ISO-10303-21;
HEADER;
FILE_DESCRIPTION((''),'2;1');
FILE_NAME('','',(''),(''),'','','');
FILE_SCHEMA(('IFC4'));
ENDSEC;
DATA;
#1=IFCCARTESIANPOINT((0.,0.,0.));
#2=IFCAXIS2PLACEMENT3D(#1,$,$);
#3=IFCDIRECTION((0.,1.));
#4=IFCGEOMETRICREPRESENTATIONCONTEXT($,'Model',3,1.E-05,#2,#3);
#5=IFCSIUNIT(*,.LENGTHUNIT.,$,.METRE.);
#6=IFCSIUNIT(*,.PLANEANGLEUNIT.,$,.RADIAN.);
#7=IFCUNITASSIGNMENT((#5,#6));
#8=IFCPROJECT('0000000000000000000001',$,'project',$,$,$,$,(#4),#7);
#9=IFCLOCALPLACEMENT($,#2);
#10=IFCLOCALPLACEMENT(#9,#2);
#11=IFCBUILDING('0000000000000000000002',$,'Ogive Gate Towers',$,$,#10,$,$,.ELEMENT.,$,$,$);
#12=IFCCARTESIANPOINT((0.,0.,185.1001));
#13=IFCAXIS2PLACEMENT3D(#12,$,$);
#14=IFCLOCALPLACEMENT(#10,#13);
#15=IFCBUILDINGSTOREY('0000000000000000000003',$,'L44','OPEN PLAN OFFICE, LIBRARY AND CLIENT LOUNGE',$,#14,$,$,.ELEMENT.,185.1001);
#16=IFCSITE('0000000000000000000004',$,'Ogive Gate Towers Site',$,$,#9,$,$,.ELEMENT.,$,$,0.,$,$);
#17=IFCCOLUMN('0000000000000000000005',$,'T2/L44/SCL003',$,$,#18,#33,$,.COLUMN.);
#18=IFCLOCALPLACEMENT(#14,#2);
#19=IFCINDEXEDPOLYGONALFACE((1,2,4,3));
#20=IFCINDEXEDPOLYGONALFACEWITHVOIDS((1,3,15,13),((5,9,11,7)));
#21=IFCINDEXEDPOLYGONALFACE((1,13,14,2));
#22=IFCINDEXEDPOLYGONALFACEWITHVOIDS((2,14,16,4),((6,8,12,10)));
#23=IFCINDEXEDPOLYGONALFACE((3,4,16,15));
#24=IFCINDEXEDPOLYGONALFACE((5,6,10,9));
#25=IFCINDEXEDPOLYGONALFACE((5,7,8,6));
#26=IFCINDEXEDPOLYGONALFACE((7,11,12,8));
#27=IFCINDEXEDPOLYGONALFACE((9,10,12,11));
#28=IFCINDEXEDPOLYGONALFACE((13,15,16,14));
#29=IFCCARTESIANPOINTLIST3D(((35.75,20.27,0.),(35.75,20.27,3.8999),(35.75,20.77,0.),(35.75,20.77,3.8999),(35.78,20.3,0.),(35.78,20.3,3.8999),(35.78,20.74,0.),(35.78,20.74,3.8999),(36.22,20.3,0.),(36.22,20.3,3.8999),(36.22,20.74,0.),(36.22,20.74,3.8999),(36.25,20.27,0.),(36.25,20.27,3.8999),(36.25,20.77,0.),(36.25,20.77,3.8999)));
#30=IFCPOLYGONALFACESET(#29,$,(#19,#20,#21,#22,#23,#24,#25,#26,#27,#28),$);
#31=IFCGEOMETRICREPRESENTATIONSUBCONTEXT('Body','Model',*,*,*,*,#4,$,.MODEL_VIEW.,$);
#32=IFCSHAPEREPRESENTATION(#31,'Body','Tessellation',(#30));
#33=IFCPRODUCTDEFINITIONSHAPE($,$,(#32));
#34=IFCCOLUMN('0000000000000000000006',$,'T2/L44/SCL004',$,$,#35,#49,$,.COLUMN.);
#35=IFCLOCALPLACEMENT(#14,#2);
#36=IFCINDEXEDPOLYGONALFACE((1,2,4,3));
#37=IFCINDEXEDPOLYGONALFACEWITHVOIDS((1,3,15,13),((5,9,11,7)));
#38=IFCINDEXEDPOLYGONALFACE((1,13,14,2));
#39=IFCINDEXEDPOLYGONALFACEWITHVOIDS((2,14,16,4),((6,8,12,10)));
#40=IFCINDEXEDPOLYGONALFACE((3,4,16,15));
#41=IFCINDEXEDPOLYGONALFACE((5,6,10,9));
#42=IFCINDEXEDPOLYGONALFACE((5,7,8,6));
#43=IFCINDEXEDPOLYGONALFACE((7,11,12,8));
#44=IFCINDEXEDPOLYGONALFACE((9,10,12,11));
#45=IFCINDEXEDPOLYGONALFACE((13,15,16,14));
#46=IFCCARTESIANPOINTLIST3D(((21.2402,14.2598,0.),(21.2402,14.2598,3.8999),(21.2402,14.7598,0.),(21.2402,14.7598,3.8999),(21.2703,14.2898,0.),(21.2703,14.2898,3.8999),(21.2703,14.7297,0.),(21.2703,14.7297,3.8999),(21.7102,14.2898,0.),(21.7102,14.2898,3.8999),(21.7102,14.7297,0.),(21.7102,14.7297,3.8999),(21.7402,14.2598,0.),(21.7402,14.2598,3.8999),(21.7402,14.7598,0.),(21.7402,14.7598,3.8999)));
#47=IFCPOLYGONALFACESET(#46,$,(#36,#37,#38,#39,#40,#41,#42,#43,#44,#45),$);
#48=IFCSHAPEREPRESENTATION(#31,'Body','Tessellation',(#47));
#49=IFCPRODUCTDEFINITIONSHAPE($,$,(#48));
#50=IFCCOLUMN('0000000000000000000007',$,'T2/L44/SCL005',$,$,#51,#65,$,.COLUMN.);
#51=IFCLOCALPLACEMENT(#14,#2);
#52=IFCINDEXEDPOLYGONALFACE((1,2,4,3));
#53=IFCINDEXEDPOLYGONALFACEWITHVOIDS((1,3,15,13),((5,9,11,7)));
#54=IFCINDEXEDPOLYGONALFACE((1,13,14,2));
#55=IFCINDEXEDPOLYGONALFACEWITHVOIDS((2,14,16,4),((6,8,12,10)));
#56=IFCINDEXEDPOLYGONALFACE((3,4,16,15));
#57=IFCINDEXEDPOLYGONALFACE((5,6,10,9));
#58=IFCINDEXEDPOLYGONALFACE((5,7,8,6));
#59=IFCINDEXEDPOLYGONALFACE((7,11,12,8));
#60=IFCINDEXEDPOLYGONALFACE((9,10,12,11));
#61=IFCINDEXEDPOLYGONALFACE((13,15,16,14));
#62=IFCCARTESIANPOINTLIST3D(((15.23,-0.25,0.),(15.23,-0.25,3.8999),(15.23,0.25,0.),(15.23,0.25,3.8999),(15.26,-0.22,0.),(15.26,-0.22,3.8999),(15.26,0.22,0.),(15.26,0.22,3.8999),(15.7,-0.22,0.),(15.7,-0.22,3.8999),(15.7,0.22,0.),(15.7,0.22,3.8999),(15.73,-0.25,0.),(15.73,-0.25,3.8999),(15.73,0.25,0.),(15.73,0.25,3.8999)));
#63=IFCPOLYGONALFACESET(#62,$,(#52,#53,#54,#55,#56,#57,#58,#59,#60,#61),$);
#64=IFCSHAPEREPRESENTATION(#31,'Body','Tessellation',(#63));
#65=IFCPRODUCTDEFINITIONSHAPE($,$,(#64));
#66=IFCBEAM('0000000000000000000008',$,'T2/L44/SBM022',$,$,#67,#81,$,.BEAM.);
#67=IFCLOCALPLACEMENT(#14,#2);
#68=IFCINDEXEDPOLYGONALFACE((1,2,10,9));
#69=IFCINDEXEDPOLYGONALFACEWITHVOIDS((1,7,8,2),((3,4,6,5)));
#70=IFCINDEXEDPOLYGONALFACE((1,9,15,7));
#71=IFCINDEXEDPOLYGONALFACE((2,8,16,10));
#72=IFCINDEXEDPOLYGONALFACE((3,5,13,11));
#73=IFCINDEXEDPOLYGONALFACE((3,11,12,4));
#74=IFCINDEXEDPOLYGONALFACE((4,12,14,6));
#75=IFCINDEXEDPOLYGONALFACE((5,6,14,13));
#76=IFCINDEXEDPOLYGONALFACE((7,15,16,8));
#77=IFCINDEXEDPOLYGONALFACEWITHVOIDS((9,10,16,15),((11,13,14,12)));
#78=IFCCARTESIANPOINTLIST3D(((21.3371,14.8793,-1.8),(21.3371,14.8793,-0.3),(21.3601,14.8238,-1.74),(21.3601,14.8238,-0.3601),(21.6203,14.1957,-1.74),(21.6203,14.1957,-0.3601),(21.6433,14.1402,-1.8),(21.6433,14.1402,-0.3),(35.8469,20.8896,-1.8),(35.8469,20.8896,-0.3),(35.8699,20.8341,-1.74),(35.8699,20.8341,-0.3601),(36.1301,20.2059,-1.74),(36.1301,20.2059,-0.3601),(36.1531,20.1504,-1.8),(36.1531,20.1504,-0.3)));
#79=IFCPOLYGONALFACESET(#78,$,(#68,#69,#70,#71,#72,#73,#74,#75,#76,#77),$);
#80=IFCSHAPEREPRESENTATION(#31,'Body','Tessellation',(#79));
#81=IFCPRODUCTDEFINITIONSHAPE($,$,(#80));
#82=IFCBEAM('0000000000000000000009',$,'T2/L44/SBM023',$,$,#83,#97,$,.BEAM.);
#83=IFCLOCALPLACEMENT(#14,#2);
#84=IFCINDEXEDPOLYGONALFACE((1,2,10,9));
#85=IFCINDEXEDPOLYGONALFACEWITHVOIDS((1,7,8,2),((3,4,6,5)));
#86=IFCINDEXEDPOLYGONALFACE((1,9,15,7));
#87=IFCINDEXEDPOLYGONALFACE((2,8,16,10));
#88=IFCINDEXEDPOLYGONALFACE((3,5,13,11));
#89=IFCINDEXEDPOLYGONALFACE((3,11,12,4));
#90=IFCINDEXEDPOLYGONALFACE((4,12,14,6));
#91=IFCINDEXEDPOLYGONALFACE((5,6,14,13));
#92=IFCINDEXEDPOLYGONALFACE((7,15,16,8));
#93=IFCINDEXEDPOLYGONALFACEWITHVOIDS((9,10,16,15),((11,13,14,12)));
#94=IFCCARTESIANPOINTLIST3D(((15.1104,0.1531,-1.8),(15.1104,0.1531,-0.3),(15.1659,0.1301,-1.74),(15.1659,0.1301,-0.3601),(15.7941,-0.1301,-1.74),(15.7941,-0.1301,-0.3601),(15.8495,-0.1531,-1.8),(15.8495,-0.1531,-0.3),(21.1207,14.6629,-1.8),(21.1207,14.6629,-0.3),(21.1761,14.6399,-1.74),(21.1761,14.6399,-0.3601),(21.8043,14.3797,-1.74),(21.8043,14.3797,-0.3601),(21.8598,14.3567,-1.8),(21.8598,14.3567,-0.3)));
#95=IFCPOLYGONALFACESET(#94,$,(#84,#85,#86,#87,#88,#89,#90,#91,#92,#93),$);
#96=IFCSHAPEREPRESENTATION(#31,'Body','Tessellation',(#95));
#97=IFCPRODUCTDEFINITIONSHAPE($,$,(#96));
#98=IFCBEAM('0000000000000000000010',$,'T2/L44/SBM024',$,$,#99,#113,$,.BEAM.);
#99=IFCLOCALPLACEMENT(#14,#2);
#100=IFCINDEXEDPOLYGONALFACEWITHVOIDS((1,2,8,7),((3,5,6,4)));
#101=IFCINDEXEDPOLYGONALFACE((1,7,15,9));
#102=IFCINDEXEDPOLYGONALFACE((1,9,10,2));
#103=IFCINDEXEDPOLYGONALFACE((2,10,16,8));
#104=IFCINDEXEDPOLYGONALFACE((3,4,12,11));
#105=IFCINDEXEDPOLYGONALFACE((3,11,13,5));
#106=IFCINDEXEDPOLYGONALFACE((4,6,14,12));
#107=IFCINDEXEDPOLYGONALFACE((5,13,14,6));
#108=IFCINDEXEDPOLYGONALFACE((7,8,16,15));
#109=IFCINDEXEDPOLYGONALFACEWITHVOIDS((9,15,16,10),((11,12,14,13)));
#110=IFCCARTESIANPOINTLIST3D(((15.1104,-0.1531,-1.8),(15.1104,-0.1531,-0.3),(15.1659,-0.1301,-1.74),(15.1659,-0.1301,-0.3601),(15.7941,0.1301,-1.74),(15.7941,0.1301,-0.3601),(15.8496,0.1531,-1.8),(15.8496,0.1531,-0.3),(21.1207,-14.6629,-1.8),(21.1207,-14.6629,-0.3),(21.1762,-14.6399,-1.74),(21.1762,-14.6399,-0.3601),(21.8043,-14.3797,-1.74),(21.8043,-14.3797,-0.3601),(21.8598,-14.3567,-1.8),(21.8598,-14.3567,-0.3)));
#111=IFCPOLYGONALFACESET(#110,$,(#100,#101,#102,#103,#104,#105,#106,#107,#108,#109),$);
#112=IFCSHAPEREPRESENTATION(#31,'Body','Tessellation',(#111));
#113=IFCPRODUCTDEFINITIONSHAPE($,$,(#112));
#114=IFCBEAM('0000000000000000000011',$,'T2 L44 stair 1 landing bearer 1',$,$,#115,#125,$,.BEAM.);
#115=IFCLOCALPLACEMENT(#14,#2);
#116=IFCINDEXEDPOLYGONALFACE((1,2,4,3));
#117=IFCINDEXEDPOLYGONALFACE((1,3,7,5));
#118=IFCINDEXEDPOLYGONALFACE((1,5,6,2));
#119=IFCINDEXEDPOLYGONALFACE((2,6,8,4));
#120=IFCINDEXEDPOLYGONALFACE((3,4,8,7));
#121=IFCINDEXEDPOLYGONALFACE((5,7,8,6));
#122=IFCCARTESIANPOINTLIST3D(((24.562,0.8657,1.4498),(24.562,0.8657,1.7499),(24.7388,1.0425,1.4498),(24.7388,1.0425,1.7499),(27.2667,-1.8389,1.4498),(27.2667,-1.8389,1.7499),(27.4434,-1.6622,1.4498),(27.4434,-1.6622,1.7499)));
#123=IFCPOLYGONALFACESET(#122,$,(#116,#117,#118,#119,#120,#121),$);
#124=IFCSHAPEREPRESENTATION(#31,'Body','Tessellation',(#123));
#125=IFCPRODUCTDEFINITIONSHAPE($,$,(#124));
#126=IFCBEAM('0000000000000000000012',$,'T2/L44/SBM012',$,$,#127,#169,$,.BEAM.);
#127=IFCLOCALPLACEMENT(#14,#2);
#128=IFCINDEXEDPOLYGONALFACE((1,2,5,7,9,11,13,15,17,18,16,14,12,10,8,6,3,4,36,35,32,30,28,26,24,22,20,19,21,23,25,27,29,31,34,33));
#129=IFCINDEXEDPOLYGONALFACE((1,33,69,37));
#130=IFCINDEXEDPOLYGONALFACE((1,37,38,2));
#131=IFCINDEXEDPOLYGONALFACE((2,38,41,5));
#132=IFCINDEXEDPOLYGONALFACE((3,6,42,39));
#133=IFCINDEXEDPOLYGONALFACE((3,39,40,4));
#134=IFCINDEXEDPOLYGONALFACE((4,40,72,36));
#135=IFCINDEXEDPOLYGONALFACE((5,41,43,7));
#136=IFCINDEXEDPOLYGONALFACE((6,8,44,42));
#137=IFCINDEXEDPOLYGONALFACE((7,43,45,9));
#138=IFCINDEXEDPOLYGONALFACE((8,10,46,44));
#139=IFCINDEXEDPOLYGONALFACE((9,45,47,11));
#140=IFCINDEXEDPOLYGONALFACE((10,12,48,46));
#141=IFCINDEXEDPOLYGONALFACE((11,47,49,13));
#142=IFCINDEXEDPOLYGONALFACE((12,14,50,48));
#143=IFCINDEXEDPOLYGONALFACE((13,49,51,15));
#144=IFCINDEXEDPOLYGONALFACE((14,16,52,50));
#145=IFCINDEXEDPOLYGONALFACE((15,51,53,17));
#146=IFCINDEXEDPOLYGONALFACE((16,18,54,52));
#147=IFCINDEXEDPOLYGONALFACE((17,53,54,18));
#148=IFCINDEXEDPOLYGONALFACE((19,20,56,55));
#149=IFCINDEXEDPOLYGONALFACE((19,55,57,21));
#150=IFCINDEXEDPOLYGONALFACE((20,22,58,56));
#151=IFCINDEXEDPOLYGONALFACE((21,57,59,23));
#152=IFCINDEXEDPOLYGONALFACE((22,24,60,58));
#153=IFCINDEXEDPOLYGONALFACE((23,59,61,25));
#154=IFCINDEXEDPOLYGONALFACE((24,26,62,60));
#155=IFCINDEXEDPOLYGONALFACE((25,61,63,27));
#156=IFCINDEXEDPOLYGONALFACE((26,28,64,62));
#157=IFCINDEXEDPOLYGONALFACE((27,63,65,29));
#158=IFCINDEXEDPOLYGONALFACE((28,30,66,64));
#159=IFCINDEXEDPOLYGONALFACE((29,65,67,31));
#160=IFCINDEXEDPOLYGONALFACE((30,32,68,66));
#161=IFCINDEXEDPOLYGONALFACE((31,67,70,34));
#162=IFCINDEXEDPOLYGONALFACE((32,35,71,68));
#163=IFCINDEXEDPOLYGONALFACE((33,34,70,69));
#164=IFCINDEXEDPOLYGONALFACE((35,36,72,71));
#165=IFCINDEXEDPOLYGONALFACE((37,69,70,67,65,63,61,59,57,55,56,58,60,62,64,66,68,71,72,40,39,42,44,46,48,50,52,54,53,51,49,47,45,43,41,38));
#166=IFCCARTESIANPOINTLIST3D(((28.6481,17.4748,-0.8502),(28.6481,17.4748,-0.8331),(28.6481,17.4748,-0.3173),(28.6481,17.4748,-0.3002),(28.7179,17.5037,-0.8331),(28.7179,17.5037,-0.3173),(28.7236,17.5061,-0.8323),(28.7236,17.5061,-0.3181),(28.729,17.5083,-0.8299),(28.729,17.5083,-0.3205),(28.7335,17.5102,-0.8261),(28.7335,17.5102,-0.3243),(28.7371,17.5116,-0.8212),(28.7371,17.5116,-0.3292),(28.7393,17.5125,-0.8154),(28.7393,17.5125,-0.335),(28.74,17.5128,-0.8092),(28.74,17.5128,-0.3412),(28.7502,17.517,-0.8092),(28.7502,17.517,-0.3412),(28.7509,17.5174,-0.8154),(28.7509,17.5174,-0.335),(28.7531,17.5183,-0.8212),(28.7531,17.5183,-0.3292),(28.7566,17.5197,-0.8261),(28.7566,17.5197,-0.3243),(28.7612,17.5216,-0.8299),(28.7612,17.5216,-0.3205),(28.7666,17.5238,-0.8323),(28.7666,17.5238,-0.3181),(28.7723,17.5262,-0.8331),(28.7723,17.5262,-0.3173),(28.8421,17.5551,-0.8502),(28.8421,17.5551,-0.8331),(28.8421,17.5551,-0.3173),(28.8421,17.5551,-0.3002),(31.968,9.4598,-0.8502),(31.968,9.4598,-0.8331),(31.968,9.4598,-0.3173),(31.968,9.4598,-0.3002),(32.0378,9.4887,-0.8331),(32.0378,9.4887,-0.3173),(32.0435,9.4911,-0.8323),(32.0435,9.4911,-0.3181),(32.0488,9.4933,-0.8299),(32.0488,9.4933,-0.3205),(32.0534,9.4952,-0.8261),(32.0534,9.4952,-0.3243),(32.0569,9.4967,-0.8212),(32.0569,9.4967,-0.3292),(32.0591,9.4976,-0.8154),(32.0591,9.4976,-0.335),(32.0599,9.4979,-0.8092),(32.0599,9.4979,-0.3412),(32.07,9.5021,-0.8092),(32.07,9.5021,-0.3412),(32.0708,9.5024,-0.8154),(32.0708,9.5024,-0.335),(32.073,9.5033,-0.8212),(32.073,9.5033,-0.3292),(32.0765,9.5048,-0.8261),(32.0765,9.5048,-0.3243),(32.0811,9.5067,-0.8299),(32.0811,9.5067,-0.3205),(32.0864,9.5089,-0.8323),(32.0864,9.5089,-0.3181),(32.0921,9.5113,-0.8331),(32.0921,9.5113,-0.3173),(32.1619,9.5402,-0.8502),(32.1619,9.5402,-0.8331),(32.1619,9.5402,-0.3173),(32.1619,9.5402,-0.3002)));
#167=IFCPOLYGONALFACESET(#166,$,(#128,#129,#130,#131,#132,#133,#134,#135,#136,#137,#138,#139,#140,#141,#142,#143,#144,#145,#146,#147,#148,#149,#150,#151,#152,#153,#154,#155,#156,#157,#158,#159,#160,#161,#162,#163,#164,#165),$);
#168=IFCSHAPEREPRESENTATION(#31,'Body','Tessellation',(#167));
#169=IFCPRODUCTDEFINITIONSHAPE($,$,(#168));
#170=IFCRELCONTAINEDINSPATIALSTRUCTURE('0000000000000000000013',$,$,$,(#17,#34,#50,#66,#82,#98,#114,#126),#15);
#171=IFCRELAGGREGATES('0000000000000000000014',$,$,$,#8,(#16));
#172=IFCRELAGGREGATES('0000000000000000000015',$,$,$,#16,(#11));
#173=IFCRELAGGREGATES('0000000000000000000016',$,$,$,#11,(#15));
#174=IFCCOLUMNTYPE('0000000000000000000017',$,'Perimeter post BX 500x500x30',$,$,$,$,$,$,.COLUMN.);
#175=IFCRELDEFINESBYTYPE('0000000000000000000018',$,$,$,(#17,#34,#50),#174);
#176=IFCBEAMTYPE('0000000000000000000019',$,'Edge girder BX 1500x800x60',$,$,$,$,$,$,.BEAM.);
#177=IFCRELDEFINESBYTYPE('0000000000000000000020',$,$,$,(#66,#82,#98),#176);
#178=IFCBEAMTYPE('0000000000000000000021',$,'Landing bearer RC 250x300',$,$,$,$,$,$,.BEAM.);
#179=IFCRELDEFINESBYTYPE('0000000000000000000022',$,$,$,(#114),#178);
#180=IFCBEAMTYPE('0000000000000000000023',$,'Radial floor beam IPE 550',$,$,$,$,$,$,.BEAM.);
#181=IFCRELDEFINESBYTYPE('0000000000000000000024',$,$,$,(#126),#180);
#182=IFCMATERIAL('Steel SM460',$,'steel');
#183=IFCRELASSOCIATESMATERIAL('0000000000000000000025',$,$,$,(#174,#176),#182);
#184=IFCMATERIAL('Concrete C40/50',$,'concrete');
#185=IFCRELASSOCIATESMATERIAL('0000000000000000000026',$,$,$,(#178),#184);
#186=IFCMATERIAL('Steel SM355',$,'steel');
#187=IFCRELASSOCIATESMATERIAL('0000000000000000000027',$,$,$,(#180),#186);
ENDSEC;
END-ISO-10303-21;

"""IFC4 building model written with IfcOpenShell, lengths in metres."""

from ifc_helpers import new_model, si_unit, direction, frame, origin, origin_2d, place, context, subcontext, project, spatial, rectangle, hollow_rectangle, i_section, extrude, material, material_profile, profile_set, type_object, element, save


model = new_model("IFC4")

# Units and contexts
model_context = context("Model", 3, precision=1e-05, world=origin(), true_north=direction((0.0, 1.0)))
body_context = subcontext(model_context, "Body", "Model", "MODEL_VIEW")
ifc_project = project(units=[si_unit("LENGTHUNIT", "METRE"), si_unit("PLANEANGLEUNIT", "RADIAN")], contexts=[model_context])

# Site, building, storey
site_placement = place(None, origin())
site = spatial("IfcSite", under=ifc_project, at=site_placement, Name="Ogive Gate Towers Site", CompositionType="ELEMENT", RefElevation=0.0)
building_placement = place(site_placement, origin())
building = spatial("IfcBuilding", under=site, at=building_placement, Name="Ogive Gate Towers", CompositionType="ELEMENT")
storey_placement = place(building_placement, frame((0.0, 0.0, 185.1001)))
storey = spatial("IfcBuildingStorey", under=building, at=storey_placement, Name="L44", Description="OPEN PLAN OFFICE, LIBRARY AND CLIENT LOUNGE", CompositionType="ELEMENT", Elevation=185.1001)

# Columns
ifc_material_1 = material(Name="Steel SM460", Category="steel")
ifc_material_profile_1 = material_profile(ifc_material_1, hollow_rectangle(XDim=0.5, YDim=0.5, WallThickness=0.03, at=origin_2d()), Name="BX 500x500x30")
ifc_profile_set_1 = profile_set([ifc_material_profile_1], Name="Steel SM460")
column_type = type_object("IfcColumnType", Name="Perimeter post BX 500x500x30", PredefinedType="COLUMN", material=ifc_profile_set_1)
for number, where, z_axis, x_axis, name in (
    (1, (36.0, 20.52, 0.0), (0.0, 0.0, 1.0), (1.0, 0.0, 0.0), "T2/L44/SCL003"),
    (2, (21.4902, 14.5098, 0.0), (0.0, 0.0, 1.0), (1.0, 0.0, 0.0), "T2/L44/SCL004"),
    (3, (15.48, 0.0, 0.0), (0.0, 0.0, 1.0), (1.0, 0.0, 0.0), "T2/L44/SCL005"),
):
    element("IfcColumn", number, at=place(storey_placement, frame(where, z_axis=z_axis, x_axis=x_axis)), inside=storey, type_object=column_type, Name=name, PredefinedType="COLUMN", context=body_context, shape_type="SweptSolid", body=[
        extrude(hollow_rectangle(XDim=0.5, YDim=0.5, WallThickness=0.03, at=origin_2d()), origin(), (0.0, 0.0, 1.0), 3.8999),
    ])

# Beams
ifc_material_profile_2 = material_profile(ifc_material_1, hollow_rectangle(XDim=0.8, YDim=1.5, WallThickness=0.0601, at=origin_2d()), Name="BX 1500x800x60")
ifc_profile_set_2 = profile_set([ifc_material_profile_2], Name="Steel SM460")
beam_type_1 = type_object("IfcBeamType", Name="Edge girder BX 1500x800x60", PredefinedType="BEAM", material=ifc_profile_set_2)
for number, where, z_axis, x_axis, name in (
    (4, (36.0, 20.52, -1.05), (-0.923877, -0.38269, 0.0), (0.38269, -0.923877, 0.0), "T2/L44/SBM022"),
    (5, (21.4902, 14.5098, -1.05), (-0.38269, -0.923877, 0.0), (0.923877, -0.38269, 0.0), "T2/L44/SBM023"),
    (6, (15.48, 0.0, -1.05), (0.38269, -0.923877, 0.0), (0.923877, 0.38269, 0.0), "T2/L44/SBM024"),
):
    element("IfcBeam", number, at=place(storey_placement, frame(where, z_axis=z_axis, x_axis=x_axis)), inside=storey, type_object=beam_type_1, Name=name, PredefinedType="BEAM", context=body_context, shape_type="SweptSolid", body=[
        extrude(hollow_rectangle(XDim=0.8, YDim=1.5, WallThickness=0.0601, at=origin_2d()), origin(), (0.0, 0.0, 1.0), 15.7053),
    ])
ifc_material_2 = material(Name="Concrete C40/50", Category="concrete")
ifc_material_profile_3 = material_profile(ifc_material_2, rectangle(XDim=0.25, YDim=0.3, at=origin_2d()), Name="RC 250x300")
ifc_profile_set_3 = profile_set([ifc_material_profile_3], Name="Concrete C40/50")
beam_type_2 = type_object("IfcBeamType", Name="Landing bearer RC 250x300", PredefinedType="BEAM", material=ifc_profile_set_3)
beam_1_placement = place(storey_placement, frame((24.6504, 0.9541, 1.5999), z_axis=(0.707107, -0.707107, 0.0), x_axis=(0.707107, 0.707107, 0.0)))
element("IfcBeam", 7, at=beam_1_placement, inside=storey, type_object=beam_type_2, Name="T2 L44 stair 1 landing bearer 1", PredefinedType="BEAM", context=body_context, shape_type="SweptSolid", body=[
    extrude(rectangle(XDim=0.25, YDim=0.3, at=origin_2d()), origin(), (0.0, 0.0, 1.0), 3.825),
])
ifc_material_3 = material(Name="Steel SM355", Category="steel")
ifc_material_profile_4 = material_profile(ifc_material_3, i_section(OverallWidth=0.21, OverallDepth=0.55, WebThickness=0.011, FlangeThickness=0.0171, FilletRadius=0.0239, at=origin_2d()), Name="IPE 550")
ifc_profile_set_4 = profile_set([ifc_material_profile_4], Name="Steel SM355")
beam_type_3 = type_object("IfcBeamType", Name="Radial floor beam IPE 550", PredefinedType="BEAM", material=ifc_profile_set_4)
for number, where, z_axis, x_axis, name in (
    (8, (32.0649, 9.5, -0.5752), (-0.382678, 0.923882, 0.0), (-0.923882, -0.382678, 0.0), "T2/L44/SBM012"),
):
    element("IfcBeam", number, at=place(storey_placement, frame(where, z_axis=z_axis, x_axis=x_axis)), inside=storey, type_object=beam_type_3, Name=name, PredefinedType="BEAM", context=body_context, shape_type="SweptSolid", body=[
        extrude(i_section(OverallWidth=0.21, OverallDepth=0.55, WebThickness=0.011, FlangeThickness=0.0171, FilletRadius=0.0239, at=origin_2d()), origin(), (0.0, 0.0, 1.0), 8.6753),
    ])

save(model, "model.ifc")
